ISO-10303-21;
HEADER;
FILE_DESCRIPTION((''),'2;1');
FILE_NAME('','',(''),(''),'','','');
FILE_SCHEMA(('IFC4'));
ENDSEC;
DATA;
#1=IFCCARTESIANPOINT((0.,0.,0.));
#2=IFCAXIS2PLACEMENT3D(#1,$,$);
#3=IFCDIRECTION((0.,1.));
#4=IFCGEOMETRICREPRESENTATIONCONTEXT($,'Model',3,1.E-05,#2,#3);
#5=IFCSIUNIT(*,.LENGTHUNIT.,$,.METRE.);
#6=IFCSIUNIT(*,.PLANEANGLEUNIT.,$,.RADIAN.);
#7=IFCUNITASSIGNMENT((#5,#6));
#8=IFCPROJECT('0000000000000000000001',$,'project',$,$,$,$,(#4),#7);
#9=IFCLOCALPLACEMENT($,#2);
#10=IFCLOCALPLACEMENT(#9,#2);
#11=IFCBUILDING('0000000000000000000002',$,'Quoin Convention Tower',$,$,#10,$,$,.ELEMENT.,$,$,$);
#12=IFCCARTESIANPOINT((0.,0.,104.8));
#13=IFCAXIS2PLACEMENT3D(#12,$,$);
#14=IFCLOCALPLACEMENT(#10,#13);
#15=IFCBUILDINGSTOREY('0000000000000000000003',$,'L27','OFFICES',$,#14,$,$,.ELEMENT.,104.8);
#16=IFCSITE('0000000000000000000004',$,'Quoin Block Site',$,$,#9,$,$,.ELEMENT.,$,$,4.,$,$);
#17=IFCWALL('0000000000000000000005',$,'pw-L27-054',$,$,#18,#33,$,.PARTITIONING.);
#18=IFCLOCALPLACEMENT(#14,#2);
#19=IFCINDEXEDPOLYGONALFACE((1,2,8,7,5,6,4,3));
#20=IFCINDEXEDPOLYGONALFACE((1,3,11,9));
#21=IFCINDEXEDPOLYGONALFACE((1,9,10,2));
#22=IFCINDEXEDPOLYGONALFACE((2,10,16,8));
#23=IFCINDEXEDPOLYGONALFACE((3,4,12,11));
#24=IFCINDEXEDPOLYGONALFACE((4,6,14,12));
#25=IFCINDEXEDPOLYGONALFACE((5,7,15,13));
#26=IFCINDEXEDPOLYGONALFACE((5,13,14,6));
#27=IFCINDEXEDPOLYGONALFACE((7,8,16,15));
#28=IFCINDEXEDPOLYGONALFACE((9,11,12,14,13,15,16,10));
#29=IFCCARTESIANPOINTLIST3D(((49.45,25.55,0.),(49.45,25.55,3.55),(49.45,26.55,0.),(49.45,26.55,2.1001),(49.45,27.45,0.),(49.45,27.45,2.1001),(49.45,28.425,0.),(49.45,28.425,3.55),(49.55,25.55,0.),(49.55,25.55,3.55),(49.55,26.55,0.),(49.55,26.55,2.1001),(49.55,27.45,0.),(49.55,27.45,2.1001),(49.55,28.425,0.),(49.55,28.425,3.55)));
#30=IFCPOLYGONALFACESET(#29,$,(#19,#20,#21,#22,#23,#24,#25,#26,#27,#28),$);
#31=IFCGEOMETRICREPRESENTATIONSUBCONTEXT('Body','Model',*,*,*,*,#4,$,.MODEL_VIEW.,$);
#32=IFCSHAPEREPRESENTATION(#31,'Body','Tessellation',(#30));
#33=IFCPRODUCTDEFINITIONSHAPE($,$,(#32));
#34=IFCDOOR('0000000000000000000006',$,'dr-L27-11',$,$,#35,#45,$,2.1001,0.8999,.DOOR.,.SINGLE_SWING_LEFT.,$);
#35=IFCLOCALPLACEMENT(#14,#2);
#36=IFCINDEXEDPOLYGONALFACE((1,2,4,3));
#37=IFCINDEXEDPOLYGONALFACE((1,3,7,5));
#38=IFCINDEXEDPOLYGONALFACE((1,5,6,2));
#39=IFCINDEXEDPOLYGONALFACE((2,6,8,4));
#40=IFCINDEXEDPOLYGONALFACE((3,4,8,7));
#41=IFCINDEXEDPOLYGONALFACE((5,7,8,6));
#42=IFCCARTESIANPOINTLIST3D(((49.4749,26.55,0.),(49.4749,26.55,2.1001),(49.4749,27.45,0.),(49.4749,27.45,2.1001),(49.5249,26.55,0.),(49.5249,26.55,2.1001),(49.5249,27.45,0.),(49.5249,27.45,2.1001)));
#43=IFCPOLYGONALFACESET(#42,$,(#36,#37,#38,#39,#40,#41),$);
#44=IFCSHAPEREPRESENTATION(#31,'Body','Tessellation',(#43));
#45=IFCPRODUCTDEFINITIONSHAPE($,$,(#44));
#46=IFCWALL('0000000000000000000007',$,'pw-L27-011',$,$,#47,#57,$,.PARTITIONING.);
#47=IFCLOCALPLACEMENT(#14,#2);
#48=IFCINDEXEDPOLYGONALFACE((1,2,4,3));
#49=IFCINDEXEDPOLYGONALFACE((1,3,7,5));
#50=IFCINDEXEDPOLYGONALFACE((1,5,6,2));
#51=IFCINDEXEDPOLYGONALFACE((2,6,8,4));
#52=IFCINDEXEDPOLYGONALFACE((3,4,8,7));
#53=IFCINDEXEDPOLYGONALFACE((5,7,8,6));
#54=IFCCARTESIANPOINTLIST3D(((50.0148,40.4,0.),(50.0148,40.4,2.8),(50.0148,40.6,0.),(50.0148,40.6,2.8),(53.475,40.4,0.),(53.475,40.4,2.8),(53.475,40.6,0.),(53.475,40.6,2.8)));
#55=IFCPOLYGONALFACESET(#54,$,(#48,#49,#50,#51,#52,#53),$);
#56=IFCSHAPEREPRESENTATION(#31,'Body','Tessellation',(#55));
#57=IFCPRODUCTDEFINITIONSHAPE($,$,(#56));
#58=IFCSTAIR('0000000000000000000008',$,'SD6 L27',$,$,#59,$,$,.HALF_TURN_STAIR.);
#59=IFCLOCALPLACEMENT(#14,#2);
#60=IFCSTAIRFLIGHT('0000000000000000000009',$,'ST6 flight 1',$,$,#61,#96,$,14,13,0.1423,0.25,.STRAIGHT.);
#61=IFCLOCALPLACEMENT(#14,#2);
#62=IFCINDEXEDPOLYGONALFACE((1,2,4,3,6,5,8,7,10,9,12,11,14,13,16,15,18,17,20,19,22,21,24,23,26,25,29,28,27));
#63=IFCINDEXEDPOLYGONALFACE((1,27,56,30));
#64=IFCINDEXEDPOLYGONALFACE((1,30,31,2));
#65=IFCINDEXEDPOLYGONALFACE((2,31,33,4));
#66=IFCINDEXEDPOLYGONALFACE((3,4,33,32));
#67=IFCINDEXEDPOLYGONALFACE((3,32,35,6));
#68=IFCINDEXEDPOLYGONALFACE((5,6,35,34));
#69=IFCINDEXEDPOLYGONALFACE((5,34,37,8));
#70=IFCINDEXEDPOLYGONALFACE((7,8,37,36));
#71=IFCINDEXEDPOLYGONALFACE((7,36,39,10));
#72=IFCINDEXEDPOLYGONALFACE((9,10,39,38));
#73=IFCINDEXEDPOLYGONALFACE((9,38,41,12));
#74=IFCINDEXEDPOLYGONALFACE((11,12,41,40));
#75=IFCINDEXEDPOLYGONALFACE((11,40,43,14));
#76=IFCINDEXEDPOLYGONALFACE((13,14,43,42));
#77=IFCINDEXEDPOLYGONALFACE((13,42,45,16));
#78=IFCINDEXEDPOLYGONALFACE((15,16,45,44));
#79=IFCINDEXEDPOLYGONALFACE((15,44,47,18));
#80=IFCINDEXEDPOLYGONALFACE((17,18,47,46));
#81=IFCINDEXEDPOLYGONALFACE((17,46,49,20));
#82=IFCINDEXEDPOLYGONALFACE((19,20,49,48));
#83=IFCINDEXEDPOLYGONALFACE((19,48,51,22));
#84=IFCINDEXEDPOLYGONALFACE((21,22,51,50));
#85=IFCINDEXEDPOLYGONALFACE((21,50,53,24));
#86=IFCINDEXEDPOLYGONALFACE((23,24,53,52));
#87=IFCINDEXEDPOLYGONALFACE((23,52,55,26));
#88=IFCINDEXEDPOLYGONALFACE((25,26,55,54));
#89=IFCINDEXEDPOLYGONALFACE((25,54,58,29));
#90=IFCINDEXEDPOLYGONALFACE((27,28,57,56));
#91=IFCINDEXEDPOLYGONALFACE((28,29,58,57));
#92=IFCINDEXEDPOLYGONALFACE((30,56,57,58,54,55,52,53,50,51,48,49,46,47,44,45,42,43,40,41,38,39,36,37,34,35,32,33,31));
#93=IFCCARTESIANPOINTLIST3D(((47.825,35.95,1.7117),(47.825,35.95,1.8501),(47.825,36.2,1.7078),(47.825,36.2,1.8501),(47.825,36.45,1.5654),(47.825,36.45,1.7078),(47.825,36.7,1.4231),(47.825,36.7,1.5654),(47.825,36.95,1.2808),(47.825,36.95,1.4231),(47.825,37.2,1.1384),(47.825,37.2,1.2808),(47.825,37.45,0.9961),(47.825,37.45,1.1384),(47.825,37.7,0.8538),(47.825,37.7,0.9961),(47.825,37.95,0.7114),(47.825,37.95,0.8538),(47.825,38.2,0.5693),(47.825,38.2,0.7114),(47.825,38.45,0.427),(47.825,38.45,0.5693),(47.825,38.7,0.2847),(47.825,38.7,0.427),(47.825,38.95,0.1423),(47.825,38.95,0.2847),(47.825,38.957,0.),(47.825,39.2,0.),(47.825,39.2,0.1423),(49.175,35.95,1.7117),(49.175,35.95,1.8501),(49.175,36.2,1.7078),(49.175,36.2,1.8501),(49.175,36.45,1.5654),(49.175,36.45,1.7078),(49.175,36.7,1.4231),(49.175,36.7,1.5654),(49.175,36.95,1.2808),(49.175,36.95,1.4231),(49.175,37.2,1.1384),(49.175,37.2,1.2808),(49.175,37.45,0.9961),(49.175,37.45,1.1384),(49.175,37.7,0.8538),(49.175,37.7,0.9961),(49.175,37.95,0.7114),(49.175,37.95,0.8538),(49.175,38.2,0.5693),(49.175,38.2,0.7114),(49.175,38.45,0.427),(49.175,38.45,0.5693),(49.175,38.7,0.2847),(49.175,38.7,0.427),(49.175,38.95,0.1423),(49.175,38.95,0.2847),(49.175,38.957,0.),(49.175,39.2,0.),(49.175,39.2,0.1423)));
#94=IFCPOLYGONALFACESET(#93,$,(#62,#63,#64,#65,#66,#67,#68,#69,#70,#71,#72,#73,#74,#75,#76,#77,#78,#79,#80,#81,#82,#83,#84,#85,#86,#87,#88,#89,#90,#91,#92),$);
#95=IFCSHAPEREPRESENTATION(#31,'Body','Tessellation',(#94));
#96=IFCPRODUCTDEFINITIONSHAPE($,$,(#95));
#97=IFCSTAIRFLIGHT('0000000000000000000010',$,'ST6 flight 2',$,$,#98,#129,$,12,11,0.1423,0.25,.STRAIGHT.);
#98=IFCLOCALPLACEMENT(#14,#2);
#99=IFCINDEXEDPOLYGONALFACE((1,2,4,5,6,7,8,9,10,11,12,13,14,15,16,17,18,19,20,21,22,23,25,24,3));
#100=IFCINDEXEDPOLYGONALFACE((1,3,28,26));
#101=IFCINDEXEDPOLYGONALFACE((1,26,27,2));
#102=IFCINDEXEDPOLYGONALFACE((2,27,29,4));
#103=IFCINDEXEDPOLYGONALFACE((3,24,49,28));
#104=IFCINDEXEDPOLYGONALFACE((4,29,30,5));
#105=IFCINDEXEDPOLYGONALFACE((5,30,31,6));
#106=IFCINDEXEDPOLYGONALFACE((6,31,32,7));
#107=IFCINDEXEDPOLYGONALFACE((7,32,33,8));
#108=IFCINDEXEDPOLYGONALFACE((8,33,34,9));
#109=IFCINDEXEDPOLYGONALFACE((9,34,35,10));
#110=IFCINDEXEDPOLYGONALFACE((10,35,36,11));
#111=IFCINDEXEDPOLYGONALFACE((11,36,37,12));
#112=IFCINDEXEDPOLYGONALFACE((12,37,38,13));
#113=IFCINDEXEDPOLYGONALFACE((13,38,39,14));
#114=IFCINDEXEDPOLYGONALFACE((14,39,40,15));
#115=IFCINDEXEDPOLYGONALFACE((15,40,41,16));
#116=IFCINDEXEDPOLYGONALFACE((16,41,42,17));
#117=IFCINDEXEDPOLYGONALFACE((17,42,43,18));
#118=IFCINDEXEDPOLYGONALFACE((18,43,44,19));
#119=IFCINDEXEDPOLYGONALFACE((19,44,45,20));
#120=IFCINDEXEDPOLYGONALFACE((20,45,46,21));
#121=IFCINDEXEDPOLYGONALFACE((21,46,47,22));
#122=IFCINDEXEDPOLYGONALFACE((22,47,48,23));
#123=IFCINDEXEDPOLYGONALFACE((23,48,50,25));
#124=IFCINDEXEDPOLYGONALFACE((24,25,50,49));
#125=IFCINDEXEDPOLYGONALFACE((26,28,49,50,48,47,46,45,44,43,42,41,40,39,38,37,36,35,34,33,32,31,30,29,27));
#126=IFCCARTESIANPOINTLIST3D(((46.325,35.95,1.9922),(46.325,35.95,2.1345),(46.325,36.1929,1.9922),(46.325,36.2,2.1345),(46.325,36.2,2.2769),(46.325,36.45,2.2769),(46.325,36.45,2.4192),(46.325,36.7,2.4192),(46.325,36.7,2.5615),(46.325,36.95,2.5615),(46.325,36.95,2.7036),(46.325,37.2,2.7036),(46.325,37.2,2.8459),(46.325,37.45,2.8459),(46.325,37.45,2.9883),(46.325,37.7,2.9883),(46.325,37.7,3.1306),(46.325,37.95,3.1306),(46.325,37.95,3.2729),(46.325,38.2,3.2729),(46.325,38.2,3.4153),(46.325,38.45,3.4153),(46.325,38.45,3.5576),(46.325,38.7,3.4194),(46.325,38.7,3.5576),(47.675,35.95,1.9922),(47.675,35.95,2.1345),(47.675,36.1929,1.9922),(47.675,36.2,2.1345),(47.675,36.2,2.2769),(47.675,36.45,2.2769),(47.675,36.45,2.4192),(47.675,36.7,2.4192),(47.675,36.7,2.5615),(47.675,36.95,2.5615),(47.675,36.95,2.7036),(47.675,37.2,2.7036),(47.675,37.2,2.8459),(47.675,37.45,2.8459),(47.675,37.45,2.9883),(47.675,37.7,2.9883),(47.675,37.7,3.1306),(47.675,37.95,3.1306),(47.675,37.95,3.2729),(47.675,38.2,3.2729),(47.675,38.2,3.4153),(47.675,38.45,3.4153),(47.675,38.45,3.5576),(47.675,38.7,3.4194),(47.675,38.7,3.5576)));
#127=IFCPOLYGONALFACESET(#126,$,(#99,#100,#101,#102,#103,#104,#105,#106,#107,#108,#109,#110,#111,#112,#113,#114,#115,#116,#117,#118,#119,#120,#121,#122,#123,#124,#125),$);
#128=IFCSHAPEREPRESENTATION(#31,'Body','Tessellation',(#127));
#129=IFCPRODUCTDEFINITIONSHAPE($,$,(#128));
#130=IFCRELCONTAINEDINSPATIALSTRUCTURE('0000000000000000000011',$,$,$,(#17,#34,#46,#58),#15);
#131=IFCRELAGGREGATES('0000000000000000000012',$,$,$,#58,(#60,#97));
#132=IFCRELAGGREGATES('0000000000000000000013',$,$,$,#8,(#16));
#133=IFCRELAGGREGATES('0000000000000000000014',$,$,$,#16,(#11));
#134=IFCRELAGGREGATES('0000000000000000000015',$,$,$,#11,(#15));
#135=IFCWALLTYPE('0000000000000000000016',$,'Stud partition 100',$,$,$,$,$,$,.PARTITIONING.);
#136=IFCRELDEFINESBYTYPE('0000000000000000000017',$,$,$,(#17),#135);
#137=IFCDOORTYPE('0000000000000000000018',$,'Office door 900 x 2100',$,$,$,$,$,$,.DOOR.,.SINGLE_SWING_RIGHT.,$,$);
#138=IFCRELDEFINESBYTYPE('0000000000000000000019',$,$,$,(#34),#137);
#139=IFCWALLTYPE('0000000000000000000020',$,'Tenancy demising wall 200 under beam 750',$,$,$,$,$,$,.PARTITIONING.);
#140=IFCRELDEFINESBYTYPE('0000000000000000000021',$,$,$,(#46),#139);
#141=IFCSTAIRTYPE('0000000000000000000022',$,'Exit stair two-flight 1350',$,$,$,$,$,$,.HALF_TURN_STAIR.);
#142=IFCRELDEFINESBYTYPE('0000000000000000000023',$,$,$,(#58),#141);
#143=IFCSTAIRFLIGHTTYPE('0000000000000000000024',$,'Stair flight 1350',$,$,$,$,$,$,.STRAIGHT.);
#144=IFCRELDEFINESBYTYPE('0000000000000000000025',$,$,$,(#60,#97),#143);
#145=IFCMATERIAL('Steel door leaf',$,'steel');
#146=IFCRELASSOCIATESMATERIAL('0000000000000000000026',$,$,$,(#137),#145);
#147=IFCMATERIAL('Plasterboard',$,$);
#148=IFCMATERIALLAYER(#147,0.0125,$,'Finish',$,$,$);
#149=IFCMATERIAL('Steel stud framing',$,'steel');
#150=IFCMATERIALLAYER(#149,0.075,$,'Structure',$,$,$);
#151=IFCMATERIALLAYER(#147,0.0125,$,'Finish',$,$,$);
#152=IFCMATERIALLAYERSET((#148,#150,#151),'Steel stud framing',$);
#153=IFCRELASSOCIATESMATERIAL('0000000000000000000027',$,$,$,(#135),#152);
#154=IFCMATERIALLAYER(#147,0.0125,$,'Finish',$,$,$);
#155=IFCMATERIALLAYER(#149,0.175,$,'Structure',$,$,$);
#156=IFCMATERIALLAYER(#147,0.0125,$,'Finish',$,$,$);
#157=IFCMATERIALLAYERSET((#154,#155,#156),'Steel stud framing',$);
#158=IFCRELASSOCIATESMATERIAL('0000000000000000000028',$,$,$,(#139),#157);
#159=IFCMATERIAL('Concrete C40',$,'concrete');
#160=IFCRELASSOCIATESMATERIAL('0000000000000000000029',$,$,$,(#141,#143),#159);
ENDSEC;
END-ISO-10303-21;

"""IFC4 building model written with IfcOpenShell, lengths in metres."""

from ifc_helpers import new_model, si_unit, direction, frame, frame_2d, origin, place, context, subcontext, project, spatial, polyline, rectangle, outline, extrude, material, layer, layer_set, type_object, element, fill, aggregate, save


model = new_model("IFC4")

# Units and contexts
model_context = context("Model", 3, precision=1e-05, world=origin(), true_north=direction((0.0, 1.0)))
body_context = subcontext(model_context, "Body", "Model", "MODEL_VIEW")
ifc_project = project(units=[si_unit("LENGTHUNIT", "METRE"), si_unit("PLANEANGLEUNIT", "RADIAN")], contexts=[model_context])

# Site, building, storey
site_placement = place(None, origin())
site = spatial("IfcSite", under=ifc_project, at=site_placement, Name="Quoin Block Site", CompositionType="ELEMENT", RefElevation=4.0)
building_placement = place(site_placement, origin())
building = spatial("IfcBuilding", under=site, at=building_placement, Name="Quoin Convention Tower", CompositionType="ELEMENT")
storey_placement = place(building_placement, frame((0.0, 0.0, 104.8)))
storey = spatial("IfcBuildingStorey", under=building, at=storey_placement, Name="L27", Description="OFFICES", CompositionType="ELEMENT", Elevation=104.8)

# Shared definitions
ifc_material_1 = material(Name="Plasterboard")
ifc_material_2 = material(Name="Steel stud framing", Category="steel")

# Shared definitions
ifc_material_3 = material(Name="Steel door leaf", Category="steel")
door_type_1 = type_object("IfcDoorType", Name="Office door 900 x 2100", OperationType="SINGLE_SWING_RIGHT", PredefinedType="DOOR", material=ifc_material_3)

# Shared definitions
ifc_layer_1 = layer(ifc_material_1, 0.0125, Name="Finish")
ifc_layer_2 = layer(ifc_material_2, 0.075, Name="Structure")
ifc_layer_3 = layer(ifc_material_1, 0.0125, Name="Finish")
ifc_layer_set_1 = layer_set([ifc_layer_1, ifc_layer_2, ifc_layer_3], Name="Steel stud framing")
wall_type_1 = type_object("IfcWallType", Name="Stud partition 100", PredefinedType="PARTITIONING", material=ifc_layer_set_1)

# Wall, opening, door
wall_1_placement = place(storey_placement, frame((49.5, 25.55, 0.0), z_axis=(0.0, 0.0, 1.0), x_axis=(0.0, 1.0, 0.0)))
wall_1 = element("IfcWall", 1, at=wall_1_placement, inside=storey, type_object=wall_type_1, Name="pw-L27-054", PredefinedType="PARTITIONING", context=body_context, shape_type="SweptSolid", body=[
    extrude(rectangle(XDim=2.875, YDim=0.1001, at=frame_2d((1.4375, 0.0))), origin(), (0.0, 0.0, 1.0), 3.55),
])
opening_1_placement = place(wall_1_placement, frame((1.0, 0.0, 0.0)))
opening_1 = element("IfcOpeningElement", 2, at=opening_1_placement, cuts=wall_1, PredefinedType="OPENING", context=body_context, shape_type="SweptSolid", body=[
    extrude(rectangle(XDim=0.8999, YDim=2.1001, at=frame_2d((0.45, 1.05))), frame((0.0, 0.0601, 0.0), z_axis=(0.0, -1.0, 0.0), x_axis=(1.0, 0.0, 0.0)), (0.0, 0.0, 1.0), 0.1201),
])
door_1_placement = place(opening_1_placement, frame((0.8999, 0.0, 0.0), z_axis=(0.0, 0.0, 1.0), x_axis=(-1.0, 0.0, 0.0)))
door_1 = element("IfcDoor", 3, at=door_1_placement, inside=storey, type_object=door_type_1, Name="dr-L27-11", OperationType="SINGLE_SWING_LEFT", OverallHeight=2.1001, OverallWidth=0.8999, PredefinedType="DOOR", context=body_context, shape_type="SweptSolid", body=[
    extrude(rectangle(XDim=0.8999, YDim=2.1001, at=frame_2d((0.45, 1.05))), frame((0.0, 0.0249, 0.0), z_axis=(0.0, -1.0, 0.0), x_axis=(1.0, 0.0, 0.0)), (0.0, 0.0, 1.0), 0.05),
])
fill(opening_1, door_1)

# Wall
ifc_layer_4 = layer(ifc_material_1, 0.0125, Name="Finish")
ifc_layer_5 = layer(ifc_material_2, 0.175, Name="Structure")
ifc_layer_6 = layer(ifc_material_1, 0.0125, Name="Finish")
ifc_layer_set_2 = layer_set([ifc_layer_4, ifc_layer_5, ifc_layer_6], Name="Steel stud framing")
wall_type_2 = type_object("IfcWallType", Name="Tenancy demising wall 200 under beam 750", PredefinedType="PARTITIONING", material=ifc_layer_set_2)
wall_2_placement = place(storey_placement, frame((50.0149, 40.5, 0.0), z_axis=(0.0, 0.0, 1.0), x_axis=(1.0, 0.0, 0.0)))
element("IfcWall", 4, at=wall_2_placement, inside=storey, type_object=wall_type_2, Name="pw-L27-011", PredefinedType="PARTITIONING", context=body_context, shape_type="SweptSolid", body=[
    extrude(rectangle(XDim=3.4602, YDim=0.2, at=frame_2d((1.73, 0.0))), origin(), (0.0, 0.0, 1.0), 2.8),
])

# Stair, stair flights
ifc_material_4 = material(Name="Concrete C40", Category="concrete")
stair_type = type_object("IfcStairType", Name="Exit stair two-flight 1350", PredefinedType="HALF_TURN_STAIR", material=ifc_material_4)
stair_placement = place(storey_placement, origin())
stair = element("IfcStair", 5, at=stair_placement, inside=storey, type_object=stair_type, Name="SD6 L27", PredefinedType="HALF_TURN_STAIR")
stair_flight_type = type_object("IfcStairFlightType", Name="Stair flight 1350", PredefinedType="STRAIGHT", material=ifc_material_4)
stair_flight_1_placement = place(storey_placement, frame((48.5, 39.2, 0.0), z_axis=(0.0, 0.0, 1.0), x_axis=(0.0, -1.0, 0.0)))
stair_flight_1 = element("IfcStairFlight", 6, at=stair_flight_1_placement, type_object=stair_flight_type, Name="ST6 flight 1", NumberOfRisers=14, NumberOfTreads=13, PredefinedType="STRAIGHT", RiserHeight=0.1423, TreadLength=0.25, context=body_context, shape_type="SweptSolid", body=[
    extrude(outline(polyline([(0.0, 0.0), (0.0, 0.1423), (0.25, 0.1423), (0.25, 0.2847), (0.5, 0.2847), (0.5, 0.427), (0.75, 0.427), (0.75, 0.5693), (1.0, 0.5693), (1.0, 0.7114), (1.25, 0.7114), (1.25, 0.8538), (1.5, 0.8538), (1.5, 0.9961), (1.75, 0.9961), (1.75, 1.1384), (2.0, 1.1384), (2.0, 1.2808), (2.25, 1.2808), (2.25, 1.4231), (2.5, 1.4231), (2.5, 1.5654), (2.75, 1.5654), (2.75, 1.7078), (3.0, 1.7078), (3.0, 1.8501), (3.25, 1.8501), (3.25, 1.9922), (3.25, 1.7117), (0.2429, 0.0), (0.0, 0.0)])), frame((0.0, 0.675, 0.0), z_axis=(0.0, -1.0, 0.0), x_axis=(1.0, 0.0, 0.0)), (0.0, 0.0, 1.0), 1.3501),
])
stair_flight_2_placement = place(storey_placement, frame((47.0, 35.95, 1.9922), z_axis=(0.0, 0.0, 1.0), x_axis=(0.0, 1.0, 0.0)))
stair_flight_2 = element("IfcStairFlight", 7, at=stair_flight_2_placement, type_object=stair_flight_type, Name="ST6 flight 2", NumberOfRisers=12, NumberOfTreads=11, PredefinedType="STRAIGHT", RiserHeight=0.1423, TreadLength=0.25, context=body_context, shape_type="SweptSolid", body=[
    extrude(outline(polyline([(0.0, 0.0), (0.0, 0.1423), (0.25, 0.1423), (0.25, 0.2847), (0.5, 0.2847), (0.5, 0.427), (0.75, 0.427), (0.75, 0.5693), (1.0, 0.5693), (1.0, 0.7114), (1.25, 0.7114), (1.25, 0.8538), (1.5, 0.8538), (1.5, 0.9961), (1.75, 0.9961), (1.75, 1.1384), (2.0, 1.1384), (2.0, 1.2808), (2.25, 1.2808), (2.25, 1.4231), (2.5, 1.4231), (2.5, 1.5654), (2.75, 1.5654), (2.75, 1.7078), (2.75, 1.4272), (0.2429, 0.0), (0.0, 0.0)])), frame((0.0, 0.675, 0.0), z_axis=(0.0, -1.0, 0.0), x_axis=(1.0, 0.0, 0.0)), (0.0, 0.0, 1.0), 1.3501),
])
aggregate(stair, [stair_flight_1, stair_flight_2])

save(model, "model.ifc")
